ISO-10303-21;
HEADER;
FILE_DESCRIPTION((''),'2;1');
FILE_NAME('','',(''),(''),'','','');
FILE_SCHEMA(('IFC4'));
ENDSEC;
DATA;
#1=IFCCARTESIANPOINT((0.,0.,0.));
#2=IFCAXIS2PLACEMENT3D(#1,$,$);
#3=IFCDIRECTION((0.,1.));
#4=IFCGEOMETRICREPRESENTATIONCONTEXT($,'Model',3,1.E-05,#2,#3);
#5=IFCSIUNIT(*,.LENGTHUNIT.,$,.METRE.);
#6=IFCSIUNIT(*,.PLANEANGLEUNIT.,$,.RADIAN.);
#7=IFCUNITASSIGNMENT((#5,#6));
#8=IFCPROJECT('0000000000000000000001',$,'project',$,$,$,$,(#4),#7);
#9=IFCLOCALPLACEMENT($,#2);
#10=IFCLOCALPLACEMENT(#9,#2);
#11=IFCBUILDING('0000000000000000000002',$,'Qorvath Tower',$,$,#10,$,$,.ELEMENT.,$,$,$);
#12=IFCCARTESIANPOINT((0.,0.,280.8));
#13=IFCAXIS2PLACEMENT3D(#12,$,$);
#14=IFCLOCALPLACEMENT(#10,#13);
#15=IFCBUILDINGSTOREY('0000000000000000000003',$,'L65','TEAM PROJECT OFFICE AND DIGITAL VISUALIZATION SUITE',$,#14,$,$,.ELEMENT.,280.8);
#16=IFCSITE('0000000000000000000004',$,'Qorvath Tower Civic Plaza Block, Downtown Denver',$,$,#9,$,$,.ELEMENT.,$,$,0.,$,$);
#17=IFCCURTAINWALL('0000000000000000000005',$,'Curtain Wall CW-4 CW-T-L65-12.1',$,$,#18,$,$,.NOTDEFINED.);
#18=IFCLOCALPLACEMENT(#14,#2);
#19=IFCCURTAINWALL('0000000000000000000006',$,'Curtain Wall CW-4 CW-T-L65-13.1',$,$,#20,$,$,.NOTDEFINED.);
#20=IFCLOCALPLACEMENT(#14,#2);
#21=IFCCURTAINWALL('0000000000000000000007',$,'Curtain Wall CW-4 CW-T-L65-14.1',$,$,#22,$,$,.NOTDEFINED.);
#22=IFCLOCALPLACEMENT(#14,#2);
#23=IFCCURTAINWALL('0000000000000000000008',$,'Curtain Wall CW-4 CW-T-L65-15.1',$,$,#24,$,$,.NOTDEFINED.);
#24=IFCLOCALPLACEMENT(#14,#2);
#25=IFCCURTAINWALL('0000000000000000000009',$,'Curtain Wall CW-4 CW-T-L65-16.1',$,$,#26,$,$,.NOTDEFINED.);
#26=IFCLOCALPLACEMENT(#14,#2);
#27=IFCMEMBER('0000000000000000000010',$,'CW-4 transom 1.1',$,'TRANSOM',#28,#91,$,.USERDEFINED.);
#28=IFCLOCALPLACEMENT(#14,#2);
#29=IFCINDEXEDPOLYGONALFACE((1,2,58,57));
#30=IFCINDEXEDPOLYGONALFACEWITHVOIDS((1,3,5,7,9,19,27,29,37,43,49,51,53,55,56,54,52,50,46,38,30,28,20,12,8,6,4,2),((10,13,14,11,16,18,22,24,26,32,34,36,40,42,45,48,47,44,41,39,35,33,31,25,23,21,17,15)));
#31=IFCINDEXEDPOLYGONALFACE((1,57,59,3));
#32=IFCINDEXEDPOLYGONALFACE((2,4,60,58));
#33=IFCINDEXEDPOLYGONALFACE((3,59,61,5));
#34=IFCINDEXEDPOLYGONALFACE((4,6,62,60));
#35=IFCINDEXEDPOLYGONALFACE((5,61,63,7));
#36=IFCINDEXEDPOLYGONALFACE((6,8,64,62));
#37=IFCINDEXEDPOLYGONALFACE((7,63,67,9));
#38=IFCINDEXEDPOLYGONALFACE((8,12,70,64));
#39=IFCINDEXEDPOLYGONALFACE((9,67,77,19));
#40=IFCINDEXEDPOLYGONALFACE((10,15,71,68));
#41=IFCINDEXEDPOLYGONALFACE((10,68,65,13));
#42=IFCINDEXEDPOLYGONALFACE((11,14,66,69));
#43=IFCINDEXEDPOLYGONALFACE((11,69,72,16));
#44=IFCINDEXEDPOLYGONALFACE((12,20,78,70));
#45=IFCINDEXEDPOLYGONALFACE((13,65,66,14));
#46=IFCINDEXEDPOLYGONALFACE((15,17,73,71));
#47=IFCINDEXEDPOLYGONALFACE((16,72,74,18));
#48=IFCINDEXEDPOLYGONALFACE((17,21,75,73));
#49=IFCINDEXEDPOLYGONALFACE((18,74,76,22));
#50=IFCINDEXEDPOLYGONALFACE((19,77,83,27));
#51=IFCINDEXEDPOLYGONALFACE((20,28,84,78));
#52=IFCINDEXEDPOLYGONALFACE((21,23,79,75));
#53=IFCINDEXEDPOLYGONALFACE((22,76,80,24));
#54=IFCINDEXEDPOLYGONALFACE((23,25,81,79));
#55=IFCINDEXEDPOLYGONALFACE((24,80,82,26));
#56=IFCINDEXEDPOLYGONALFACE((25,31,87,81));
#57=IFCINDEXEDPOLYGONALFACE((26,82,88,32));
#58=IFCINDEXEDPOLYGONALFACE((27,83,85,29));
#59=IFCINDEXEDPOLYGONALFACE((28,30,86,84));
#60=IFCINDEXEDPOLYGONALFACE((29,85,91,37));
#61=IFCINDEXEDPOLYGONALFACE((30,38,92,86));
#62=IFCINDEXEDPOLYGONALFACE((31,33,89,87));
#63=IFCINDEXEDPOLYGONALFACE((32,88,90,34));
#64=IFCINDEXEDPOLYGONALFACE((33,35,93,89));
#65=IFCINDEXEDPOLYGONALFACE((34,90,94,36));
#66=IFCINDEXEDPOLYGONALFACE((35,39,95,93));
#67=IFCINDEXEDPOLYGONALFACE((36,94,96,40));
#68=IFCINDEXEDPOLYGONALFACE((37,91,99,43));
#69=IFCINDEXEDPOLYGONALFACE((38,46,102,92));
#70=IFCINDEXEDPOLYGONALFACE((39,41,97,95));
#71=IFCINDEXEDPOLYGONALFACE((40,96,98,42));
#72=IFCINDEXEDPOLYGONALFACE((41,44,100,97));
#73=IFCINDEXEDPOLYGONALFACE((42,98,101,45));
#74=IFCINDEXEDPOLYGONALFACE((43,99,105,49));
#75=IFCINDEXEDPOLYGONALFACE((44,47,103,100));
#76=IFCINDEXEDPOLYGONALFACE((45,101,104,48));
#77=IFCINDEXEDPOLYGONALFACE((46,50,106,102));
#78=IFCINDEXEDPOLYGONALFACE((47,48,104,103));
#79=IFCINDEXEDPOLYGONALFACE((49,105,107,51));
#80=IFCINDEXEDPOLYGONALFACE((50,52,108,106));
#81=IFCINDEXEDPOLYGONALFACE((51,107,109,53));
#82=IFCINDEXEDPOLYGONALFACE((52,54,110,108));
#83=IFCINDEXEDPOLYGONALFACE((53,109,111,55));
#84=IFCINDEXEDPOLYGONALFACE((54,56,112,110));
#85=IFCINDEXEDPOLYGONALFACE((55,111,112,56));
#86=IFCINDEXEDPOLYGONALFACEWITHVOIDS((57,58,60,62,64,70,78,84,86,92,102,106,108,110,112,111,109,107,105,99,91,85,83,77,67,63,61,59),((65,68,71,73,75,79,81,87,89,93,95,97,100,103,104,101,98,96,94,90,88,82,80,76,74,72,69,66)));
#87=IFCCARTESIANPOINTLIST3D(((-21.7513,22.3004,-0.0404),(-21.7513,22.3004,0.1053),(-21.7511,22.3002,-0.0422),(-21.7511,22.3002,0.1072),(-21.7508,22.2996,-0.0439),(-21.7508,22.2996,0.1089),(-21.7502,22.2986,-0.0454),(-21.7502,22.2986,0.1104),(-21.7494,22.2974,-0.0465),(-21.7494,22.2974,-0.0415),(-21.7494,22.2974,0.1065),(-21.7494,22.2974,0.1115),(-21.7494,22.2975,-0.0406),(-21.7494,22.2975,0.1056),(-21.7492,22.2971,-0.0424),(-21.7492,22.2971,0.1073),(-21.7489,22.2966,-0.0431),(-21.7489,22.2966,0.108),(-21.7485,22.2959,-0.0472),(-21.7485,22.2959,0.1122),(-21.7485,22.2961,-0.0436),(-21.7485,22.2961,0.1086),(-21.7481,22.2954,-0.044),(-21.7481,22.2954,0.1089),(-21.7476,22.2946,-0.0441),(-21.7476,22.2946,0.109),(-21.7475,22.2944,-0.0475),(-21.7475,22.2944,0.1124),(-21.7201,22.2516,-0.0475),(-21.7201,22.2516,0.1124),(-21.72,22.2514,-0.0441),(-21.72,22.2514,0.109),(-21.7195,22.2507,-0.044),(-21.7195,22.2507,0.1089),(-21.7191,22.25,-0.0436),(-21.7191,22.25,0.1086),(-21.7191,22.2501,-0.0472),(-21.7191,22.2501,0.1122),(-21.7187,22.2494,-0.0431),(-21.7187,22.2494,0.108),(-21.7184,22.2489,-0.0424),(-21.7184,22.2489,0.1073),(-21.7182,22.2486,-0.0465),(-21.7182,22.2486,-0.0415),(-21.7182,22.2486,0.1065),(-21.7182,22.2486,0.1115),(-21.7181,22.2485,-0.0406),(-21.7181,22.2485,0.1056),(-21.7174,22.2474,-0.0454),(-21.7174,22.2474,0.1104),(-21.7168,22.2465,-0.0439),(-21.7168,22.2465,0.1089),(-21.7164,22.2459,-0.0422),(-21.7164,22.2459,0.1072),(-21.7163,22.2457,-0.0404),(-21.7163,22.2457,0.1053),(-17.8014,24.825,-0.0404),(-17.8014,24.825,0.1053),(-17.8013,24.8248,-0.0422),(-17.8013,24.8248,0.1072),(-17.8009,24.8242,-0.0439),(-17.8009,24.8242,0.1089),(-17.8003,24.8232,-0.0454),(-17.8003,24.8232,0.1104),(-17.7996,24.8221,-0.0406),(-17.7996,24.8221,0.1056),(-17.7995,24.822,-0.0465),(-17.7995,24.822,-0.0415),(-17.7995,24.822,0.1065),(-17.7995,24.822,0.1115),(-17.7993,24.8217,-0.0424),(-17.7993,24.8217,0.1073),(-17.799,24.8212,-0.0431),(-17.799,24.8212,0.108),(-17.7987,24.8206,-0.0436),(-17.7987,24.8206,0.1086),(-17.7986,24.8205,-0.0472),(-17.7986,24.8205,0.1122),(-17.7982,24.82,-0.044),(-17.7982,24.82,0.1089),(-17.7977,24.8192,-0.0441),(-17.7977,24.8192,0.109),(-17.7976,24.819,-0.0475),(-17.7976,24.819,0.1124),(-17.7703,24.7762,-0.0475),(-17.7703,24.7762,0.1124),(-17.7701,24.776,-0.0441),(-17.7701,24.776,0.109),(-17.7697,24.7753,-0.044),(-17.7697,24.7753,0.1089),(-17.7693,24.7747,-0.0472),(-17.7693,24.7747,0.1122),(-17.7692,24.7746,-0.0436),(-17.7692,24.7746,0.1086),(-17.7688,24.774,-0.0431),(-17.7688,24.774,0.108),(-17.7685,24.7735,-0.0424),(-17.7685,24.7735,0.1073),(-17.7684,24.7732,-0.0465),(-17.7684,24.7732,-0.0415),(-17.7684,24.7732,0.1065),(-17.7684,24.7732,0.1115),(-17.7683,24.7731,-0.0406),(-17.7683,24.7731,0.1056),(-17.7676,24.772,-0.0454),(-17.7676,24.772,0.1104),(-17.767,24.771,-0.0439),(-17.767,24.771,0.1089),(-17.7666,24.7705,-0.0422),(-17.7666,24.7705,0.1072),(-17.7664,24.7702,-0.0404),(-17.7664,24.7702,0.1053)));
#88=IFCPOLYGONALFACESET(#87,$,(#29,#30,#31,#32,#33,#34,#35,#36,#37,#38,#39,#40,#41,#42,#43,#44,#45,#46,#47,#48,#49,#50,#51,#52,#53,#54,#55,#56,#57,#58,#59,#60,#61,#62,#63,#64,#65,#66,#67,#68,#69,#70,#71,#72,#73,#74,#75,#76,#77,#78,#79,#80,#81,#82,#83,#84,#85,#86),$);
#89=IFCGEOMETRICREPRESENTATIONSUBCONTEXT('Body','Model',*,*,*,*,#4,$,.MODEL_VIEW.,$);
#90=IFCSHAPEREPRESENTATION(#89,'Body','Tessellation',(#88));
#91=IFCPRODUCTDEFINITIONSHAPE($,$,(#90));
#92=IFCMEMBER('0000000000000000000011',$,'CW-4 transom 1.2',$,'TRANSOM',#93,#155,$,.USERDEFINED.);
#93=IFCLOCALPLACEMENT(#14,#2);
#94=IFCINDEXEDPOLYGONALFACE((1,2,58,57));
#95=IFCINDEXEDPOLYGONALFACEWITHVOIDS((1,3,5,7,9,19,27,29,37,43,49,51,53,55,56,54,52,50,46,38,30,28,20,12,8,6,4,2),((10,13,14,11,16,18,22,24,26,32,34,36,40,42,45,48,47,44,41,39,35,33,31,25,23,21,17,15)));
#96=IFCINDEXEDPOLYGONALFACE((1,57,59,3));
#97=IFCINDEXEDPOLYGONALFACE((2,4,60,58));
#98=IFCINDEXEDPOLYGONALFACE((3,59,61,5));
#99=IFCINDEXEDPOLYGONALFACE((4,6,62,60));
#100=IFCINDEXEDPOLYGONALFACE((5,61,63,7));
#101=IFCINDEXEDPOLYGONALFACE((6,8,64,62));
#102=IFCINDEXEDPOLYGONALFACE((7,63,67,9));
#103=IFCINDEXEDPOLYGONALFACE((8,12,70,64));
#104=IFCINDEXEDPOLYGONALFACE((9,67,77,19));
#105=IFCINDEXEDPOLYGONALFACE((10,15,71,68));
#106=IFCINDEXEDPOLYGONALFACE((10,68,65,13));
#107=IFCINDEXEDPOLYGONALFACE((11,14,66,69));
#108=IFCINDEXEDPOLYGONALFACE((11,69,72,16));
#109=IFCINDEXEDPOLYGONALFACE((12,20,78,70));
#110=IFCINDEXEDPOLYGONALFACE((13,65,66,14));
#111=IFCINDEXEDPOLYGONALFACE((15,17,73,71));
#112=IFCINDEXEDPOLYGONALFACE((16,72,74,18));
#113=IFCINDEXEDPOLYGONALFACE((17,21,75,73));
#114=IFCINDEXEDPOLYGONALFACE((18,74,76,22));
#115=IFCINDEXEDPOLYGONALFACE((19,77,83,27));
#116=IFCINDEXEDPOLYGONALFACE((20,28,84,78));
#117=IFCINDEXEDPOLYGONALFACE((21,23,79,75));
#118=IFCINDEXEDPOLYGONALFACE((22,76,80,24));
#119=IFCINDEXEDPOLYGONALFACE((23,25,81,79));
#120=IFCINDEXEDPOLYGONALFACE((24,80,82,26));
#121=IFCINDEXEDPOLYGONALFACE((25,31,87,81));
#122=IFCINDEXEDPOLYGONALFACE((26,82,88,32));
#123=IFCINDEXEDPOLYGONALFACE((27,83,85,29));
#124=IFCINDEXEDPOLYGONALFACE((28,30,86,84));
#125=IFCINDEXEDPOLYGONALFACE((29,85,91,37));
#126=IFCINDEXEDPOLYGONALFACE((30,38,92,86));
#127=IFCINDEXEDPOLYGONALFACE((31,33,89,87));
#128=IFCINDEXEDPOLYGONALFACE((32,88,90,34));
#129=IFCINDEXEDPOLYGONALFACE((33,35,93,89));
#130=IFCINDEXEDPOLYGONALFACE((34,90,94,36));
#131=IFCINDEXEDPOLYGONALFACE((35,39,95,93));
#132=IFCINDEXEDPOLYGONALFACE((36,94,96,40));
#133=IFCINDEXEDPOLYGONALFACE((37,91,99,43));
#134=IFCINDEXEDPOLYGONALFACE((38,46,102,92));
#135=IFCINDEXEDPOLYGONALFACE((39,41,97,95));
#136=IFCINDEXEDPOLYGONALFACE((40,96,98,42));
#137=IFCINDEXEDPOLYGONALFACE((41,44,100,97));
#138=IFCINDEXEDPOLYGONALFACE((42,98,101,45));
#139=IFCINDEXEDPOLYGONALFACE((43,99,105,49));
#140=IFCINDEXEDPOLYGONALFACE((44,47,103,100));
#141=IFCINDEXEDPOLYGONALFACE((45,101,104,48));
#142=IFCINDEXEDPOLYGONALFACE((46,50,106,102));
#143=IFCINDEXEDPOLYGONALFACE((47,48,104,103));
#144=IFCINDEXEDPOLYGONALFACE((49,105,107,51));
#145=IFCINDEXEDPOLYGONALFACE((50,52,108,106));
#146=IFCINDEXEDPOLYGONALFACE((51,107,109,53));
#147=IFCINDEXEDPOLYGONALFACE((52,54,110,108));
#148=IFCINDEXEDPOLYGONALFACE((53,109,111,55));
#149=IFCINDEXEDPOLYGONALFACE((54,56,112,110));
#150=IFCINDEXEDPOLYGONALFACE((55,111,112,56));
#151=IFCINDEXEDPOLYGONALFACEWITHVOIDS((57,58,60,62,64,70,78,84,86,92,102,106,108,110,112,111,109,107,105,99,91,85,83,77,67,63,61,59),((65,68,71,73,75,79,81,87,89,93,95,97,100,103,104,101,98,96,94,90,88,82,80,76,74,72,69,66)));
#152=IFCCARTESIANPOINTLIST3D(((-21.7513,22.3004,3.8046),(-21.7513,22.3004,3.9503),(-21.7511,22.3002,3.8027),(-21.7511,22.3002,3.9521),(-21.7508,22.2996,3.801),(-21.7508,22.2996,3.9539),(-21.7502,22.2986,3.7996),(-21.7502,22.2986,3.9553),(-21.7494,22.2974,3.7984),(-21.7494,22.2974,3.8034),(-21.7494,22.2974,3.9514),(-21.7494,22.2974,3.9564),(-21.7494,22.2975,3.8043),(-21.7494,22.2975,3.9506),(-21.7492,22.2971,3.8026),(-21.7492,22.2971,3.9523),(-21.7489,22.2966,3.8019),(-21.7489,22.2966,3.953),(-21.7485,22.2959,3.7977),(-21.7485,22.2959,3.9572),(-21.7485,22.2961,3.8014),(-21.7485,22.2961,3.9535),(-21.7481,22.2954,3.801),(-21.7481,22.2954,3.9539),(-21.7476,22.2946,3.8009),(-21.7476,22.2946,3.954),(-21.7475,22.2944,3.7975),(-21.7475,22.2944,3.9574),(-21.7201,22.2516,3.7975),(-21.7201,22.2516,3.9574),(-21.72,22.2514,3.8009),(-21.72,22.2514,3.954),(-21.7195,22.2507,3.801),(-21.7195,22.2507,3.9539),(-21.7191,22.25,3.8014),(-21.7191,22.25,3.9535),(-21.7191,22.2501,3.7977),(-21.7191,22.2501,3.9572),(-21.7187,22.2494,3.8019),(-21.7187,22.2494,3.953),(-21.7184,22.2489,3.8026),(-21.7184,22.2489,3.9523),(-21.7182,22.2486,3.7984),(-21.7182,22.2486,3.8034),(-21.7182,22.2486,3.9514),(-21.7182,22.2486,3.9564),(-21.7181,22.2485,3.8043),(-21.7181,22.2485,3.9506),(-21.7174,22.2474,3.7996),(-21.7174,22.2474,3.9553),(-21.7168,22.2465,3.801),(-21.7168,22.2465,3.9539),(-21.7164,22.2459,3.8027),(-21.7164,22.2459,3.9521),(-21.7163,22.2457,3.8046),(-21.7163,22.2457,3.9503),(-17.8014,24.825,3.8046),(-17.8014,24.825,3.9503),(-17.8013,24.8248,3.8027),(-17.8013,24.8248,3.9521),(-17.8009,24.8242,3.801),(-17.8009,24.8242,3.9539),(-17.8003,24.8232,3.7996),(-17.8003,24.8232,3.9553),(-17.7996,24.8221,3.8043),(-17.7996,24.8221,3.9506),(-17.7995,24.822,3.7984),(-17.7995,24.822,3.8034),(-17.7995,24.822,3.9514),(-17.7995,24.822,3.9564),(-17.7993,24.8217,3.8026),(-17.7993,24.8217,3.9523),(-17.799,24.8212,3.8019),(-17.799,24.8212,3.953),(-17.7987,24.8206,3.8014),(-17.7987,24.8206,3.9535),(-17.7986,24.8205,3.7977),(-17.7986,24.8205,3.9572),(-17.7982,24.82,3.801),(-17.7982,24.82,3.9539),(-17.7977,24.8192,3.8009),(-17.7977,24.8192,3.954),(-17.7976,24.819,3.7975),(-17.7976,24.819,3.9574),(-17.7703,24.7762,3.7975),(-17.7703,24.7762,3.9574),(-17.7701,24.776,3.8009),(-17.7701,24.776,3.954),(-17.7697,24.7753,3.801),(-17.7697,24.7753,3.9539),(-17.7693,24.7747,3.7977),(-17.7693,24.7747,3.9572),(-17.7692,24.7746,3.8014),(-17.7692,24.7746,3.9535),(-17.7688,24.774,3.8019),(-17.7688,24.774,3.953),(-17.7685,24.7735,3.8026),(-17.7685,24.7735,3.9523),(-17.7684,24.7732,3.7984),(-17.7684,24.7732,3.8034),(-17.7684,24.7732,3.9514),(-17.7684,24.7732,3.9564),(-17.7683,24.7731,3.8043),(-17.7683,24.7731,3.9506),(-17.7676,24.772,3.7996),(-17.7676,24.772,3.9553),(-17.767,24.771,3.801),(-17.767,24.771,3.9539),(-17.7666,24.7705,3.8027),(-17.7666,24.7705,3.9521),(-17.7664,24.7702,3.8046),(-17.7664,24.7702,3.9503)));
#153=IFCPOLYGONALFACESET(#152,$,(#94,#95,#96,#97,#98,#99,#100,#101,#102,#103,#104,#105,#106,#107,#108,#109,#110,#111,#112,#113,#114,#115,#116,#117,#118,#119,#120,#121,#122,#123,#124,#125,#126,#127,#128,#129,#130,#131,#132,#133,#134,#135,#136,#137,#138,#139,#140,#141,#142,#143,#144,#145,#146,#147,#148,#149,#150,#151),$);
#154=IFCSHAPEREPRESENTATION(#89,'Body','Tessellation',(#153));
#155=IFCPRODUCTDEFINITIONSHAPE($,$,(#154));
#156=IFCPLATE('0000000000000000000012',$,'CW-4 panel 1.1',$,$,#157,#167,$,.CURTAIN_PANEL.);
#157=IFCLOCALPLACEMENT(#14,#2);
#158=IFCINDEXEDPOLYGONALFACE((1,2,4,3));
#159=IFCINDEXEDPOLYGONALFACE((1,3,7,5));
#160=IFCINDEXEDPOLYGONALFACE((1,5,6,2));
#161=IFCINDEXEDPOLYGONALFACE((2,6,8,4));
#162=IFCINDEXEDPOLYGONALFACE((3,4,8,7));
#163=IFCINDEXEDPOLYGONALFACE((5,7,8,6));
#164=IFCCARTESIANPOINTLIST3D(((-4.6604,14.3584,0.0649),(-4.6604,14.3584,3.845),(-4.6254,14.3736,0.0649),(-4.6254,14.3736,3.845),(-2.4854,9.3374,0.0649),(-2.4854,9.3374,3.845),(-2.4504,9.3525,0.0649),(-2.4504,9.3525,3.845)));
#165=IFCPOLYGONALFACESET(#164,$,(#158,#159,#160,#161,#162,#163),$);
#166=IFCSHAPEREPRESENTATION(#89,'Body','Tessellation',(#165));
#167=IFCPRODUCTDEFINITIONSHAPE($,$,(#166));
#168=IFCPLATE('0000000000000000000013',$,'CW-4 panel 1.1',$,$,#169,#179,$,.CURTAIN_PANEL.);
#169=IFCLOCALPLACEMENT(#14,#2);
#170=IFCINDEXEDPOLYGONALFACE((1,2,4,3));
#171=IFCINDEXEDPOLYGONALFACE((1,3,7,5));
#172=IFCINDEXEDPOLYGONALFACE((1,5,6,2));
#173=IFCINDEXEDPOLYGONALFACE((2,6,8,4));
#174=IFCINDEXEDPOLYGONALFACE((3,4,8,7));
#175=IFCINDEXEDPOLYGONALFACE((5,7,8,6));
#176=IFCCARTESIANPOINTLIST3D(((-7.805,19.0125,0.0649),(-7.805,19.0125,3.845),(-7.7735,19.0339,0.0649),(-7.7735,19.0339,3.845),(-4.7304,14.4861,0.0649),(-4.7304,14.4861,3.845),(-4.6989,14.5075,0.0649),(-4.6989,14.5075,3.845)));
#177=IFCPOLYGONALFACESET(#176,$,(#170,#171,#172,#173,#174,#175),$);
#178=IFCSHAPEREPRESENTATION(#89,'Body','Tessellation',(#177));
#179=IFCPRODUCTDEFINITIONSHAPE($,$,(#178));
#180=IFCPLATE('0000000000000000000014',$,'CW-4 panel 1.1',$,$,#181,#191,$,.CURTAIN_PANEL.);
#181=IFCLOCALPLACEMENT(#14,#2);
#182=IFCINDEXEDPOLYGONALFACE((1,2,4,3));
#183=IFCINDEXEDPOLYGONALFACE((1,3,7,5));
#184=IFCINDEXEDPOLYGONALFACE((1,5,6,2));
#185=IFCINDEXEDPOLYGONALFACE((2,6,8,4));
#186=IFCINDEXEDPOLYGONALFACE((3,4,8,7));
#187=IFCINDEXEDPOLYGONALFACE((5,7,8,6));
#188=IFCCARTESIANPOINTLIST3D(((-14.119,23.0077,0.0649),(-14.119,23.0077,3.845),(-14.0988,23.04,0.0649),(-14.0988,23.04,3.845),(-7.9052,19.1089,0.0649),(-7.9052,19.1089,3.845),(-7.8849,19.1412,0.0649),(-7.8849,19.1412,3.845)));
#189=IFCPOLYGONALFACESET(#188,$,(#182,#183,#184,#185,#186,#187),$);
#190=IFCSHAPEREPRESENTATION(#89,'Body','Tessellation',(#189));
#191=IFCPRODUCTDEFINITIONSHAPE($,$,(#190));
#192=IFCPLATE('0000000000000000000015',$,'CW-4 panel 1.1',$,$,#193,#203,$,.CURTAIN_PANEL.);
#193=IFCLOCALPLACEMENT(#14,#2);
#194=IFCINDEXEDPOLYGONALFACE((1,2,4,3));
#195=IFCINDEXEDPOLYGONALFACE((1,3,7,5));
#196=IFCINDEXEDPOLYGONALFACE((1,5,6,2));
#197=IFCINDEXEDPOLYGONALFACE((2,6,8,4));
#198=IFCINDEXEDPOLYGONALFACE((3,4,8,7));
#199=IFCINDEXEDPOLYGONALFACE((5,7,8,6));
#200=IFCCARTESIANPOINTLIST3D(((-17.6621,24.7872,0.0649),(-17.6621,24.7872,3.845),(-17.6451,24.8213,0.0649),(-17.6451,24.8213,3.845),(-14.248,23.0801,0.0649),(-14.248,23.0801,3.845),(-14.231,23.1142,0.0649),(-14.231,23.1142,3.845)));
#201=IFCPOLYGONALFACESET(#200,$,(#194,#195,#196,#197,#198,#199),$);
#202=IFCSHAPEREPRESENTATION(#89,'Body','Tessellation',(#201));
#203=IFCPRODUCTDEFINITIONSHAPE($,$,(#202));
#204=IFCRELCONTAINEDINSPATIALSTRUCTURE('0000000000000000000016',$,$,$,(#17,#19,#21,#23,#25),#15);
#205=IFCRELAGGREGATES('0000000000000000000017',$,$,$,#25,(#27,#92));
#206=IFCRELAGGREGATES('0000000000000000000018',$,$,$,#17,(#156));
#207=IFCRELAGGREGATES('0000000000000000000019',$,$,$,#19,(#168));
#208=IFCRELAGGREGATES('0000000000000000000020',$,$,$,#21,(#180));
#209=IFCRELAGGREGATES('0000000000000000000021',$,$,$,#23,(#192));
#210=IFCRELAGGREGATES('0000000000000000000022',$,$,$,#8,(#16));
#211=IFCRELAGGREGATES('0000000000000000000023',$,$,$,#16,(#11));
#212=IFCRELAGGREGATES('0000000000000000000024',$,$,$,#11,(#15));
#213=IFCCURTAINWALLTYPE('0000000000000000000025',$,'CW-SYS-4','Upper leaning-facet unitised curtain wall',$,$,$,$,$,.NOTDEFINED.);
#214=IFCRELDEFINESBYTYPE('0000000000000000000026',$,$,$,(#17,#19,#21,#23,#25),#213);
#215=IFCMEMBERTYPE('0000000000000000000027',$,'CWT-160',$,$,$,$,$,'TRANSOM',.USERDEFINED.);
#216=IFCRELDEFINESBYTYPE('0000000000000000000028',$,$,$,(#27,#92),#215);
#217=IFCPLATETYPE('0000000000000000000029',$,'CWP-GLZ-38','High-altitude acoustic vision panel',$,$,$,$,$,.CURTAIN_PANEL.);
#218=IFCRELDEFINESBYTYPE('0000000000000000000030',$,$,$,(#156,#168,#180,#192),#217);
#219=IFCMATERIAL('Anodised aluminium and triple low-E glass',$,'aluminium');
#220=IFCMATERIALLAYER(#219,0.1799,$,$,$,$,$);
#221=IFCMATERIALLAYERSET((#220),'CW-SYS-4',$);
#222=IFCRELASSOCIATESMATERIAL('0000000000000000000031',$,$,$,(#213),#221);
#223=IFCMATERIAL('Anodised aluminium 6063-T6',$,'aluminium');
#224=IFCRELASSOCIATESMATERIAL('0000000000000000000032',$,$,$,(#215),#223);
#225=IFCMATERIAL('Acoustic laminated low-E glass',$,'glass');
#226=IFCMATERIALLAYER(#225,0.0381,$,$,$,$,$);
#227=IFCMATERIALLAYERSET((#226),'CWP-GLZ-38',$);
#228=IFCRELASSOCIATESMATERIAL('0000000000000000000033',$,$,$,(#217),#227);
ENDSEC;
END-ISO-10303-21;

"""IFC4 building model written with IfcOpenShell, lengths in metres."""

from ifc_helpers import new_model, si_unit, direction, frame, origin, origin_2d, place, context, subcontext, project, spatial, rectangle, hollow_rectangle, extrude, material, layer, layer_set, material_profile, profile_set, type_object, element, aggregate, save


model = new_model("IFC4")

# Units and contexts
model_context = context("Model", 3, precision=1e-05, world=origin(), true_north=direction((0.0, 1.0)))
body_context = subcontext(model_context, "Body", "Model", "MODEL_VIEW")
ifc_project = project(units=[si_unit("LENGTHUNIT", "METRE"), si_unit("PLANEANGLEUNIT", "RADIAN")], contexts=[model_context])

# Site, building, storey
site_placement = place(None, origin())
site = spatial("IfcSite", under=ifc_project, at=site_placement, Name="Qorvath Tower Civic Plaza Block, Downtown Denver", CompositionType="ELEMENT", RefElevation=0.0)
building_placement = place(site_placement, origin())
building = spatial("IfcBuilding", under=site, at=building_placement, Name="Qorvath Tower", CompositionType="ELEMENT")
storey_placement = place(building_placement, frame((0.0, 0.0, 280.8)))
storey = spatial("IfcBuildingStorey", under=building, at=storey_placement, Name="L65", Description="TEAM PROJECT OFFICE AND DIGITAL VISUALIZATION SUITE", CompositionType="ELEMENT", Elevation=280.8)

# Curtain wall
ifc_material_1 = material(Name="Anodised aluminium and triple low-E glass", Category="aluminium")
ifc_layer_1 = layer(ifc_material_1, 0.1799)
ifc_layer_set_1 = layer_set([ifc_layer_1], Name="CW-SYS-4")
curtain_wall_type = type_object("IfcCurtainWallType", Name="CW-SYS-4", Description="Upper leaning-facet unitised curtain wall", PredefinedType="NOTDEFINED", material=ifc_layer_set_1)
curtain_wall_1_placement = place(storey_placement, origin())
curtain_wall_1 = element("IfcCurtainWall", 1, at=curtain_wall_1_placement, inside=storey, type_object=curtain_wall_type, Name="Curtain Wall CW-4 CW-T-L65-12.1", PredefinedType="NOTDEFINED")

# Curtain walls
curtain_wall_2_placement = place(storey_placement, origin())
curtain_wall_2 = element("IfcCurtainWall", 2, at=curtain_wall_2_placement, inside=storey, type_object=curtain_wall_type, Name="Curtain Wall CW-4 CW-T-L65-13.1", PredefinedType="NOTDEFINED")
curtain_wall_3_placement = place(storey_placement, origin())
curtain_wall_3 = element("IfcCurtainWall", 3, at=curtain_wall_3_placement, inside=storey, type_object=curtain_wall_type, Name="Curtain Wall CW-4 CW-T-L65-14.1", PredefinedType="NOTDEFINED")
curtain_wall_4_placement = place(storey_placement, origin())
curtain_wall_4 = element("IfcCurtainWall", 4, at=curtain_wall_4_placement, inside=storey, type_object=curtain_wall_type, Name="Curtain Wall CW-4 CW-T-L65-15.1", PredefinedType="NOTDEFINED")

# Curtain wall
curtain_wall_5_placement = place(storey_placement, origin())
curtain_wall_5 = element("IfcCurtainWall", 5, at=curtain_wall_5_placement, inside=storey, type_object=curtain_wall_type, Name="Curtain Wall CW-4 CW-T-L65-16.1", PredefinedType="NOTDEFINED")

# Members
ifc_material_2 = material(Name="Anodised aluminium 6063-T6", Category="aluminium")
ifc_material_profile_1 = material_profile(ifc_material_2, hollow_rectangle(XDim=0.0649, YDim=0.1599, WallThickness=0.0034, InnerFilletRadius=0.0034, OuterFilletRadius=0.0071, at=origin_2d()), Name="CWT 160x65")
ifc_profile_set_1 = profile_set([ifc_material_profile_1], Name="Anodised aluminium 6063-T6")
member_type_1 = type_object("IfcMemberType", Name="CWT-160", ElementType="TRANSOM", PredefinedType="USERDEFINED", material=ifc_profile_set_1)
member_1_placement = place(storey_placement, frame((-17.7839, 24.7976, 0.0325), z_axis=(-0.842592, -0.538553, 0.0), x_axis=(0.538553, -0.842592, 0.0)))
member_1 = element("IfcMember", 6, at=member_1_placement, type_object=member_type_1, Name="CW-4 transom 1.1", ObjectType="TRANSOM", PredefinedType="USERDEFINED", context=body_context, shape_type="SweptSolid", body=[
    extrude(hollow_rectangle(XDim=0.0649, YDim=0.1599, WallThickness=0.0034, InnerFilletRadius=0.0034, OuterFilletRadius=0.0071, at=origin_2d()), origin(), (0.0, 0.0, 1.0), 4.6877),
])
member_2_placement = place(storey_placement, frame((-17.7839, 24.7976, 3.8774), z_axis=(-0.842592, -0.538553, 0.0), x_axis=(0.538553, -0.842592, 0.0)))
member_2 = element("IfcMember", 7, at=member_2_placement, type_object=member_type_1, Name="CW-4 transom 1.2", ObjectType="TRANSOM", PredefinedType="USERDEFINED", context=body_context, shape_type="SweptSolid", body=[
    extrude(hollow_rectangle(XDim=0.0649, YDim=0.1599, WallThickness=0.0034, InnerFilletRadius=0.0034, OuterFilletRadius=0.0071, at=origin_2d()), origin(), (0.0, 0.0, 1.0), 4.6877),
])
aggregate(curtain_wall_5, [member_1, member_2])

# Plates
ifc_material_3 = material(Name="Acoustic laminated low-E glass", Category="glass")
ifc_layer_2 = layer(ifc_material_3, 0.0381)
ifc_layer_set_2 = layer_set([ifc_layer_2], Name="CWP-GLZ-38")
plate_type = type_object("IfcPlateType", Name="CWP-GLZ-38", Description="High-altitude acoustic vision panel", PredefinedType="CURTAIN_PANEL", material=ifc_layer_set_2)
plate_1_placement = place(storey_placement, frame((-3.5554, 11.8555, 0.0649), z_axis=(0.0, 0.0, 1.0), x_axis=(-0.397482, 0.91761, 0.0)))
plate_1 = element("IfcPlate", 8, at=plate_1_placement, type_object=plate_type, Name="CW-4 panel 1.1", PredefinedType="CURTAIN_PANEL", context=body_context, shape_type="SweptSolid", body=[
    extrude(rectangle(XDim=5.4719, YDim=0.0381, at=origin_2d()), origin(), (0.0, 0.0, 1.0), 3.78),
])
aggregate(curtain_wall_1, [plate_1])
plate_2_placement = place(storey_placement, frame((-6.252, 16.76, 0.0649), z_axis=(0.0, 0.0, 1.0), x_axis=(-0.5619, 0.827205, 0.0)))
plate_2 = element("IfcPlate", 9, at=plate_2_placement, type_object=plate_type, Name="CW-4 panel 1.1", PredefinedType="CURTAIN_PANEL", context=body_context, shape_type="SweptSolid", body=[
    extrude(rectangle(XDim=5.4719, YDim=0.0381, at=origin_2d()), origin(), (0.0, 0.0, 1.0), 3.78),
])
aggregate(curtain_wall_2, [plate_2])
plate_3_placement = place(storey_placement, frame((-11.002, 21.0745, 0.0649), z_axis=(0.0, 0.0, 1.0), x_axis=(-0.84707, 0.531481, 0.0)))
plate_3 = element("IfcPlate", 10, at=plate_3_placement, type_object=plate_type, Name="CW-4 panel 1.1", PredefinedType="CURTAIN_PANEL", context=body_context, shape_type="SweptSolid", body=[
    extrude(rectangle(XDim=7.3357, YDim=0.0381, at=origin_2d()), origin(), (0.0, 0.0, 1.0), 3.78),
])
aggregate(curtain_wall_3, [plate_3])
plate_4_placement = place(storey_placement, frame((-15.9465, 23.9507, 0.0649), z_axis=(0.0, 0.0, 1.0), x_axis=(-0.894422, 0.447224, 0.0)))
plate_4 = element("IfcPlate", 11, at=plate_4_placement, type_object=plate_type, Name="CW-4 panel 1.1", PredefinedType="CURTAIN_PANEL", context=body_context, shape_type="SweptSolid", body=[
    extrude(rectangle(XDim=3.8171, YDim=0.0381, at=origin_2d()), origin(), (0.0, 0.0, 1.0), 3.78),
])
aggregate(curtain_wall_4, [plate_4])

save(model, "model.ifc")
